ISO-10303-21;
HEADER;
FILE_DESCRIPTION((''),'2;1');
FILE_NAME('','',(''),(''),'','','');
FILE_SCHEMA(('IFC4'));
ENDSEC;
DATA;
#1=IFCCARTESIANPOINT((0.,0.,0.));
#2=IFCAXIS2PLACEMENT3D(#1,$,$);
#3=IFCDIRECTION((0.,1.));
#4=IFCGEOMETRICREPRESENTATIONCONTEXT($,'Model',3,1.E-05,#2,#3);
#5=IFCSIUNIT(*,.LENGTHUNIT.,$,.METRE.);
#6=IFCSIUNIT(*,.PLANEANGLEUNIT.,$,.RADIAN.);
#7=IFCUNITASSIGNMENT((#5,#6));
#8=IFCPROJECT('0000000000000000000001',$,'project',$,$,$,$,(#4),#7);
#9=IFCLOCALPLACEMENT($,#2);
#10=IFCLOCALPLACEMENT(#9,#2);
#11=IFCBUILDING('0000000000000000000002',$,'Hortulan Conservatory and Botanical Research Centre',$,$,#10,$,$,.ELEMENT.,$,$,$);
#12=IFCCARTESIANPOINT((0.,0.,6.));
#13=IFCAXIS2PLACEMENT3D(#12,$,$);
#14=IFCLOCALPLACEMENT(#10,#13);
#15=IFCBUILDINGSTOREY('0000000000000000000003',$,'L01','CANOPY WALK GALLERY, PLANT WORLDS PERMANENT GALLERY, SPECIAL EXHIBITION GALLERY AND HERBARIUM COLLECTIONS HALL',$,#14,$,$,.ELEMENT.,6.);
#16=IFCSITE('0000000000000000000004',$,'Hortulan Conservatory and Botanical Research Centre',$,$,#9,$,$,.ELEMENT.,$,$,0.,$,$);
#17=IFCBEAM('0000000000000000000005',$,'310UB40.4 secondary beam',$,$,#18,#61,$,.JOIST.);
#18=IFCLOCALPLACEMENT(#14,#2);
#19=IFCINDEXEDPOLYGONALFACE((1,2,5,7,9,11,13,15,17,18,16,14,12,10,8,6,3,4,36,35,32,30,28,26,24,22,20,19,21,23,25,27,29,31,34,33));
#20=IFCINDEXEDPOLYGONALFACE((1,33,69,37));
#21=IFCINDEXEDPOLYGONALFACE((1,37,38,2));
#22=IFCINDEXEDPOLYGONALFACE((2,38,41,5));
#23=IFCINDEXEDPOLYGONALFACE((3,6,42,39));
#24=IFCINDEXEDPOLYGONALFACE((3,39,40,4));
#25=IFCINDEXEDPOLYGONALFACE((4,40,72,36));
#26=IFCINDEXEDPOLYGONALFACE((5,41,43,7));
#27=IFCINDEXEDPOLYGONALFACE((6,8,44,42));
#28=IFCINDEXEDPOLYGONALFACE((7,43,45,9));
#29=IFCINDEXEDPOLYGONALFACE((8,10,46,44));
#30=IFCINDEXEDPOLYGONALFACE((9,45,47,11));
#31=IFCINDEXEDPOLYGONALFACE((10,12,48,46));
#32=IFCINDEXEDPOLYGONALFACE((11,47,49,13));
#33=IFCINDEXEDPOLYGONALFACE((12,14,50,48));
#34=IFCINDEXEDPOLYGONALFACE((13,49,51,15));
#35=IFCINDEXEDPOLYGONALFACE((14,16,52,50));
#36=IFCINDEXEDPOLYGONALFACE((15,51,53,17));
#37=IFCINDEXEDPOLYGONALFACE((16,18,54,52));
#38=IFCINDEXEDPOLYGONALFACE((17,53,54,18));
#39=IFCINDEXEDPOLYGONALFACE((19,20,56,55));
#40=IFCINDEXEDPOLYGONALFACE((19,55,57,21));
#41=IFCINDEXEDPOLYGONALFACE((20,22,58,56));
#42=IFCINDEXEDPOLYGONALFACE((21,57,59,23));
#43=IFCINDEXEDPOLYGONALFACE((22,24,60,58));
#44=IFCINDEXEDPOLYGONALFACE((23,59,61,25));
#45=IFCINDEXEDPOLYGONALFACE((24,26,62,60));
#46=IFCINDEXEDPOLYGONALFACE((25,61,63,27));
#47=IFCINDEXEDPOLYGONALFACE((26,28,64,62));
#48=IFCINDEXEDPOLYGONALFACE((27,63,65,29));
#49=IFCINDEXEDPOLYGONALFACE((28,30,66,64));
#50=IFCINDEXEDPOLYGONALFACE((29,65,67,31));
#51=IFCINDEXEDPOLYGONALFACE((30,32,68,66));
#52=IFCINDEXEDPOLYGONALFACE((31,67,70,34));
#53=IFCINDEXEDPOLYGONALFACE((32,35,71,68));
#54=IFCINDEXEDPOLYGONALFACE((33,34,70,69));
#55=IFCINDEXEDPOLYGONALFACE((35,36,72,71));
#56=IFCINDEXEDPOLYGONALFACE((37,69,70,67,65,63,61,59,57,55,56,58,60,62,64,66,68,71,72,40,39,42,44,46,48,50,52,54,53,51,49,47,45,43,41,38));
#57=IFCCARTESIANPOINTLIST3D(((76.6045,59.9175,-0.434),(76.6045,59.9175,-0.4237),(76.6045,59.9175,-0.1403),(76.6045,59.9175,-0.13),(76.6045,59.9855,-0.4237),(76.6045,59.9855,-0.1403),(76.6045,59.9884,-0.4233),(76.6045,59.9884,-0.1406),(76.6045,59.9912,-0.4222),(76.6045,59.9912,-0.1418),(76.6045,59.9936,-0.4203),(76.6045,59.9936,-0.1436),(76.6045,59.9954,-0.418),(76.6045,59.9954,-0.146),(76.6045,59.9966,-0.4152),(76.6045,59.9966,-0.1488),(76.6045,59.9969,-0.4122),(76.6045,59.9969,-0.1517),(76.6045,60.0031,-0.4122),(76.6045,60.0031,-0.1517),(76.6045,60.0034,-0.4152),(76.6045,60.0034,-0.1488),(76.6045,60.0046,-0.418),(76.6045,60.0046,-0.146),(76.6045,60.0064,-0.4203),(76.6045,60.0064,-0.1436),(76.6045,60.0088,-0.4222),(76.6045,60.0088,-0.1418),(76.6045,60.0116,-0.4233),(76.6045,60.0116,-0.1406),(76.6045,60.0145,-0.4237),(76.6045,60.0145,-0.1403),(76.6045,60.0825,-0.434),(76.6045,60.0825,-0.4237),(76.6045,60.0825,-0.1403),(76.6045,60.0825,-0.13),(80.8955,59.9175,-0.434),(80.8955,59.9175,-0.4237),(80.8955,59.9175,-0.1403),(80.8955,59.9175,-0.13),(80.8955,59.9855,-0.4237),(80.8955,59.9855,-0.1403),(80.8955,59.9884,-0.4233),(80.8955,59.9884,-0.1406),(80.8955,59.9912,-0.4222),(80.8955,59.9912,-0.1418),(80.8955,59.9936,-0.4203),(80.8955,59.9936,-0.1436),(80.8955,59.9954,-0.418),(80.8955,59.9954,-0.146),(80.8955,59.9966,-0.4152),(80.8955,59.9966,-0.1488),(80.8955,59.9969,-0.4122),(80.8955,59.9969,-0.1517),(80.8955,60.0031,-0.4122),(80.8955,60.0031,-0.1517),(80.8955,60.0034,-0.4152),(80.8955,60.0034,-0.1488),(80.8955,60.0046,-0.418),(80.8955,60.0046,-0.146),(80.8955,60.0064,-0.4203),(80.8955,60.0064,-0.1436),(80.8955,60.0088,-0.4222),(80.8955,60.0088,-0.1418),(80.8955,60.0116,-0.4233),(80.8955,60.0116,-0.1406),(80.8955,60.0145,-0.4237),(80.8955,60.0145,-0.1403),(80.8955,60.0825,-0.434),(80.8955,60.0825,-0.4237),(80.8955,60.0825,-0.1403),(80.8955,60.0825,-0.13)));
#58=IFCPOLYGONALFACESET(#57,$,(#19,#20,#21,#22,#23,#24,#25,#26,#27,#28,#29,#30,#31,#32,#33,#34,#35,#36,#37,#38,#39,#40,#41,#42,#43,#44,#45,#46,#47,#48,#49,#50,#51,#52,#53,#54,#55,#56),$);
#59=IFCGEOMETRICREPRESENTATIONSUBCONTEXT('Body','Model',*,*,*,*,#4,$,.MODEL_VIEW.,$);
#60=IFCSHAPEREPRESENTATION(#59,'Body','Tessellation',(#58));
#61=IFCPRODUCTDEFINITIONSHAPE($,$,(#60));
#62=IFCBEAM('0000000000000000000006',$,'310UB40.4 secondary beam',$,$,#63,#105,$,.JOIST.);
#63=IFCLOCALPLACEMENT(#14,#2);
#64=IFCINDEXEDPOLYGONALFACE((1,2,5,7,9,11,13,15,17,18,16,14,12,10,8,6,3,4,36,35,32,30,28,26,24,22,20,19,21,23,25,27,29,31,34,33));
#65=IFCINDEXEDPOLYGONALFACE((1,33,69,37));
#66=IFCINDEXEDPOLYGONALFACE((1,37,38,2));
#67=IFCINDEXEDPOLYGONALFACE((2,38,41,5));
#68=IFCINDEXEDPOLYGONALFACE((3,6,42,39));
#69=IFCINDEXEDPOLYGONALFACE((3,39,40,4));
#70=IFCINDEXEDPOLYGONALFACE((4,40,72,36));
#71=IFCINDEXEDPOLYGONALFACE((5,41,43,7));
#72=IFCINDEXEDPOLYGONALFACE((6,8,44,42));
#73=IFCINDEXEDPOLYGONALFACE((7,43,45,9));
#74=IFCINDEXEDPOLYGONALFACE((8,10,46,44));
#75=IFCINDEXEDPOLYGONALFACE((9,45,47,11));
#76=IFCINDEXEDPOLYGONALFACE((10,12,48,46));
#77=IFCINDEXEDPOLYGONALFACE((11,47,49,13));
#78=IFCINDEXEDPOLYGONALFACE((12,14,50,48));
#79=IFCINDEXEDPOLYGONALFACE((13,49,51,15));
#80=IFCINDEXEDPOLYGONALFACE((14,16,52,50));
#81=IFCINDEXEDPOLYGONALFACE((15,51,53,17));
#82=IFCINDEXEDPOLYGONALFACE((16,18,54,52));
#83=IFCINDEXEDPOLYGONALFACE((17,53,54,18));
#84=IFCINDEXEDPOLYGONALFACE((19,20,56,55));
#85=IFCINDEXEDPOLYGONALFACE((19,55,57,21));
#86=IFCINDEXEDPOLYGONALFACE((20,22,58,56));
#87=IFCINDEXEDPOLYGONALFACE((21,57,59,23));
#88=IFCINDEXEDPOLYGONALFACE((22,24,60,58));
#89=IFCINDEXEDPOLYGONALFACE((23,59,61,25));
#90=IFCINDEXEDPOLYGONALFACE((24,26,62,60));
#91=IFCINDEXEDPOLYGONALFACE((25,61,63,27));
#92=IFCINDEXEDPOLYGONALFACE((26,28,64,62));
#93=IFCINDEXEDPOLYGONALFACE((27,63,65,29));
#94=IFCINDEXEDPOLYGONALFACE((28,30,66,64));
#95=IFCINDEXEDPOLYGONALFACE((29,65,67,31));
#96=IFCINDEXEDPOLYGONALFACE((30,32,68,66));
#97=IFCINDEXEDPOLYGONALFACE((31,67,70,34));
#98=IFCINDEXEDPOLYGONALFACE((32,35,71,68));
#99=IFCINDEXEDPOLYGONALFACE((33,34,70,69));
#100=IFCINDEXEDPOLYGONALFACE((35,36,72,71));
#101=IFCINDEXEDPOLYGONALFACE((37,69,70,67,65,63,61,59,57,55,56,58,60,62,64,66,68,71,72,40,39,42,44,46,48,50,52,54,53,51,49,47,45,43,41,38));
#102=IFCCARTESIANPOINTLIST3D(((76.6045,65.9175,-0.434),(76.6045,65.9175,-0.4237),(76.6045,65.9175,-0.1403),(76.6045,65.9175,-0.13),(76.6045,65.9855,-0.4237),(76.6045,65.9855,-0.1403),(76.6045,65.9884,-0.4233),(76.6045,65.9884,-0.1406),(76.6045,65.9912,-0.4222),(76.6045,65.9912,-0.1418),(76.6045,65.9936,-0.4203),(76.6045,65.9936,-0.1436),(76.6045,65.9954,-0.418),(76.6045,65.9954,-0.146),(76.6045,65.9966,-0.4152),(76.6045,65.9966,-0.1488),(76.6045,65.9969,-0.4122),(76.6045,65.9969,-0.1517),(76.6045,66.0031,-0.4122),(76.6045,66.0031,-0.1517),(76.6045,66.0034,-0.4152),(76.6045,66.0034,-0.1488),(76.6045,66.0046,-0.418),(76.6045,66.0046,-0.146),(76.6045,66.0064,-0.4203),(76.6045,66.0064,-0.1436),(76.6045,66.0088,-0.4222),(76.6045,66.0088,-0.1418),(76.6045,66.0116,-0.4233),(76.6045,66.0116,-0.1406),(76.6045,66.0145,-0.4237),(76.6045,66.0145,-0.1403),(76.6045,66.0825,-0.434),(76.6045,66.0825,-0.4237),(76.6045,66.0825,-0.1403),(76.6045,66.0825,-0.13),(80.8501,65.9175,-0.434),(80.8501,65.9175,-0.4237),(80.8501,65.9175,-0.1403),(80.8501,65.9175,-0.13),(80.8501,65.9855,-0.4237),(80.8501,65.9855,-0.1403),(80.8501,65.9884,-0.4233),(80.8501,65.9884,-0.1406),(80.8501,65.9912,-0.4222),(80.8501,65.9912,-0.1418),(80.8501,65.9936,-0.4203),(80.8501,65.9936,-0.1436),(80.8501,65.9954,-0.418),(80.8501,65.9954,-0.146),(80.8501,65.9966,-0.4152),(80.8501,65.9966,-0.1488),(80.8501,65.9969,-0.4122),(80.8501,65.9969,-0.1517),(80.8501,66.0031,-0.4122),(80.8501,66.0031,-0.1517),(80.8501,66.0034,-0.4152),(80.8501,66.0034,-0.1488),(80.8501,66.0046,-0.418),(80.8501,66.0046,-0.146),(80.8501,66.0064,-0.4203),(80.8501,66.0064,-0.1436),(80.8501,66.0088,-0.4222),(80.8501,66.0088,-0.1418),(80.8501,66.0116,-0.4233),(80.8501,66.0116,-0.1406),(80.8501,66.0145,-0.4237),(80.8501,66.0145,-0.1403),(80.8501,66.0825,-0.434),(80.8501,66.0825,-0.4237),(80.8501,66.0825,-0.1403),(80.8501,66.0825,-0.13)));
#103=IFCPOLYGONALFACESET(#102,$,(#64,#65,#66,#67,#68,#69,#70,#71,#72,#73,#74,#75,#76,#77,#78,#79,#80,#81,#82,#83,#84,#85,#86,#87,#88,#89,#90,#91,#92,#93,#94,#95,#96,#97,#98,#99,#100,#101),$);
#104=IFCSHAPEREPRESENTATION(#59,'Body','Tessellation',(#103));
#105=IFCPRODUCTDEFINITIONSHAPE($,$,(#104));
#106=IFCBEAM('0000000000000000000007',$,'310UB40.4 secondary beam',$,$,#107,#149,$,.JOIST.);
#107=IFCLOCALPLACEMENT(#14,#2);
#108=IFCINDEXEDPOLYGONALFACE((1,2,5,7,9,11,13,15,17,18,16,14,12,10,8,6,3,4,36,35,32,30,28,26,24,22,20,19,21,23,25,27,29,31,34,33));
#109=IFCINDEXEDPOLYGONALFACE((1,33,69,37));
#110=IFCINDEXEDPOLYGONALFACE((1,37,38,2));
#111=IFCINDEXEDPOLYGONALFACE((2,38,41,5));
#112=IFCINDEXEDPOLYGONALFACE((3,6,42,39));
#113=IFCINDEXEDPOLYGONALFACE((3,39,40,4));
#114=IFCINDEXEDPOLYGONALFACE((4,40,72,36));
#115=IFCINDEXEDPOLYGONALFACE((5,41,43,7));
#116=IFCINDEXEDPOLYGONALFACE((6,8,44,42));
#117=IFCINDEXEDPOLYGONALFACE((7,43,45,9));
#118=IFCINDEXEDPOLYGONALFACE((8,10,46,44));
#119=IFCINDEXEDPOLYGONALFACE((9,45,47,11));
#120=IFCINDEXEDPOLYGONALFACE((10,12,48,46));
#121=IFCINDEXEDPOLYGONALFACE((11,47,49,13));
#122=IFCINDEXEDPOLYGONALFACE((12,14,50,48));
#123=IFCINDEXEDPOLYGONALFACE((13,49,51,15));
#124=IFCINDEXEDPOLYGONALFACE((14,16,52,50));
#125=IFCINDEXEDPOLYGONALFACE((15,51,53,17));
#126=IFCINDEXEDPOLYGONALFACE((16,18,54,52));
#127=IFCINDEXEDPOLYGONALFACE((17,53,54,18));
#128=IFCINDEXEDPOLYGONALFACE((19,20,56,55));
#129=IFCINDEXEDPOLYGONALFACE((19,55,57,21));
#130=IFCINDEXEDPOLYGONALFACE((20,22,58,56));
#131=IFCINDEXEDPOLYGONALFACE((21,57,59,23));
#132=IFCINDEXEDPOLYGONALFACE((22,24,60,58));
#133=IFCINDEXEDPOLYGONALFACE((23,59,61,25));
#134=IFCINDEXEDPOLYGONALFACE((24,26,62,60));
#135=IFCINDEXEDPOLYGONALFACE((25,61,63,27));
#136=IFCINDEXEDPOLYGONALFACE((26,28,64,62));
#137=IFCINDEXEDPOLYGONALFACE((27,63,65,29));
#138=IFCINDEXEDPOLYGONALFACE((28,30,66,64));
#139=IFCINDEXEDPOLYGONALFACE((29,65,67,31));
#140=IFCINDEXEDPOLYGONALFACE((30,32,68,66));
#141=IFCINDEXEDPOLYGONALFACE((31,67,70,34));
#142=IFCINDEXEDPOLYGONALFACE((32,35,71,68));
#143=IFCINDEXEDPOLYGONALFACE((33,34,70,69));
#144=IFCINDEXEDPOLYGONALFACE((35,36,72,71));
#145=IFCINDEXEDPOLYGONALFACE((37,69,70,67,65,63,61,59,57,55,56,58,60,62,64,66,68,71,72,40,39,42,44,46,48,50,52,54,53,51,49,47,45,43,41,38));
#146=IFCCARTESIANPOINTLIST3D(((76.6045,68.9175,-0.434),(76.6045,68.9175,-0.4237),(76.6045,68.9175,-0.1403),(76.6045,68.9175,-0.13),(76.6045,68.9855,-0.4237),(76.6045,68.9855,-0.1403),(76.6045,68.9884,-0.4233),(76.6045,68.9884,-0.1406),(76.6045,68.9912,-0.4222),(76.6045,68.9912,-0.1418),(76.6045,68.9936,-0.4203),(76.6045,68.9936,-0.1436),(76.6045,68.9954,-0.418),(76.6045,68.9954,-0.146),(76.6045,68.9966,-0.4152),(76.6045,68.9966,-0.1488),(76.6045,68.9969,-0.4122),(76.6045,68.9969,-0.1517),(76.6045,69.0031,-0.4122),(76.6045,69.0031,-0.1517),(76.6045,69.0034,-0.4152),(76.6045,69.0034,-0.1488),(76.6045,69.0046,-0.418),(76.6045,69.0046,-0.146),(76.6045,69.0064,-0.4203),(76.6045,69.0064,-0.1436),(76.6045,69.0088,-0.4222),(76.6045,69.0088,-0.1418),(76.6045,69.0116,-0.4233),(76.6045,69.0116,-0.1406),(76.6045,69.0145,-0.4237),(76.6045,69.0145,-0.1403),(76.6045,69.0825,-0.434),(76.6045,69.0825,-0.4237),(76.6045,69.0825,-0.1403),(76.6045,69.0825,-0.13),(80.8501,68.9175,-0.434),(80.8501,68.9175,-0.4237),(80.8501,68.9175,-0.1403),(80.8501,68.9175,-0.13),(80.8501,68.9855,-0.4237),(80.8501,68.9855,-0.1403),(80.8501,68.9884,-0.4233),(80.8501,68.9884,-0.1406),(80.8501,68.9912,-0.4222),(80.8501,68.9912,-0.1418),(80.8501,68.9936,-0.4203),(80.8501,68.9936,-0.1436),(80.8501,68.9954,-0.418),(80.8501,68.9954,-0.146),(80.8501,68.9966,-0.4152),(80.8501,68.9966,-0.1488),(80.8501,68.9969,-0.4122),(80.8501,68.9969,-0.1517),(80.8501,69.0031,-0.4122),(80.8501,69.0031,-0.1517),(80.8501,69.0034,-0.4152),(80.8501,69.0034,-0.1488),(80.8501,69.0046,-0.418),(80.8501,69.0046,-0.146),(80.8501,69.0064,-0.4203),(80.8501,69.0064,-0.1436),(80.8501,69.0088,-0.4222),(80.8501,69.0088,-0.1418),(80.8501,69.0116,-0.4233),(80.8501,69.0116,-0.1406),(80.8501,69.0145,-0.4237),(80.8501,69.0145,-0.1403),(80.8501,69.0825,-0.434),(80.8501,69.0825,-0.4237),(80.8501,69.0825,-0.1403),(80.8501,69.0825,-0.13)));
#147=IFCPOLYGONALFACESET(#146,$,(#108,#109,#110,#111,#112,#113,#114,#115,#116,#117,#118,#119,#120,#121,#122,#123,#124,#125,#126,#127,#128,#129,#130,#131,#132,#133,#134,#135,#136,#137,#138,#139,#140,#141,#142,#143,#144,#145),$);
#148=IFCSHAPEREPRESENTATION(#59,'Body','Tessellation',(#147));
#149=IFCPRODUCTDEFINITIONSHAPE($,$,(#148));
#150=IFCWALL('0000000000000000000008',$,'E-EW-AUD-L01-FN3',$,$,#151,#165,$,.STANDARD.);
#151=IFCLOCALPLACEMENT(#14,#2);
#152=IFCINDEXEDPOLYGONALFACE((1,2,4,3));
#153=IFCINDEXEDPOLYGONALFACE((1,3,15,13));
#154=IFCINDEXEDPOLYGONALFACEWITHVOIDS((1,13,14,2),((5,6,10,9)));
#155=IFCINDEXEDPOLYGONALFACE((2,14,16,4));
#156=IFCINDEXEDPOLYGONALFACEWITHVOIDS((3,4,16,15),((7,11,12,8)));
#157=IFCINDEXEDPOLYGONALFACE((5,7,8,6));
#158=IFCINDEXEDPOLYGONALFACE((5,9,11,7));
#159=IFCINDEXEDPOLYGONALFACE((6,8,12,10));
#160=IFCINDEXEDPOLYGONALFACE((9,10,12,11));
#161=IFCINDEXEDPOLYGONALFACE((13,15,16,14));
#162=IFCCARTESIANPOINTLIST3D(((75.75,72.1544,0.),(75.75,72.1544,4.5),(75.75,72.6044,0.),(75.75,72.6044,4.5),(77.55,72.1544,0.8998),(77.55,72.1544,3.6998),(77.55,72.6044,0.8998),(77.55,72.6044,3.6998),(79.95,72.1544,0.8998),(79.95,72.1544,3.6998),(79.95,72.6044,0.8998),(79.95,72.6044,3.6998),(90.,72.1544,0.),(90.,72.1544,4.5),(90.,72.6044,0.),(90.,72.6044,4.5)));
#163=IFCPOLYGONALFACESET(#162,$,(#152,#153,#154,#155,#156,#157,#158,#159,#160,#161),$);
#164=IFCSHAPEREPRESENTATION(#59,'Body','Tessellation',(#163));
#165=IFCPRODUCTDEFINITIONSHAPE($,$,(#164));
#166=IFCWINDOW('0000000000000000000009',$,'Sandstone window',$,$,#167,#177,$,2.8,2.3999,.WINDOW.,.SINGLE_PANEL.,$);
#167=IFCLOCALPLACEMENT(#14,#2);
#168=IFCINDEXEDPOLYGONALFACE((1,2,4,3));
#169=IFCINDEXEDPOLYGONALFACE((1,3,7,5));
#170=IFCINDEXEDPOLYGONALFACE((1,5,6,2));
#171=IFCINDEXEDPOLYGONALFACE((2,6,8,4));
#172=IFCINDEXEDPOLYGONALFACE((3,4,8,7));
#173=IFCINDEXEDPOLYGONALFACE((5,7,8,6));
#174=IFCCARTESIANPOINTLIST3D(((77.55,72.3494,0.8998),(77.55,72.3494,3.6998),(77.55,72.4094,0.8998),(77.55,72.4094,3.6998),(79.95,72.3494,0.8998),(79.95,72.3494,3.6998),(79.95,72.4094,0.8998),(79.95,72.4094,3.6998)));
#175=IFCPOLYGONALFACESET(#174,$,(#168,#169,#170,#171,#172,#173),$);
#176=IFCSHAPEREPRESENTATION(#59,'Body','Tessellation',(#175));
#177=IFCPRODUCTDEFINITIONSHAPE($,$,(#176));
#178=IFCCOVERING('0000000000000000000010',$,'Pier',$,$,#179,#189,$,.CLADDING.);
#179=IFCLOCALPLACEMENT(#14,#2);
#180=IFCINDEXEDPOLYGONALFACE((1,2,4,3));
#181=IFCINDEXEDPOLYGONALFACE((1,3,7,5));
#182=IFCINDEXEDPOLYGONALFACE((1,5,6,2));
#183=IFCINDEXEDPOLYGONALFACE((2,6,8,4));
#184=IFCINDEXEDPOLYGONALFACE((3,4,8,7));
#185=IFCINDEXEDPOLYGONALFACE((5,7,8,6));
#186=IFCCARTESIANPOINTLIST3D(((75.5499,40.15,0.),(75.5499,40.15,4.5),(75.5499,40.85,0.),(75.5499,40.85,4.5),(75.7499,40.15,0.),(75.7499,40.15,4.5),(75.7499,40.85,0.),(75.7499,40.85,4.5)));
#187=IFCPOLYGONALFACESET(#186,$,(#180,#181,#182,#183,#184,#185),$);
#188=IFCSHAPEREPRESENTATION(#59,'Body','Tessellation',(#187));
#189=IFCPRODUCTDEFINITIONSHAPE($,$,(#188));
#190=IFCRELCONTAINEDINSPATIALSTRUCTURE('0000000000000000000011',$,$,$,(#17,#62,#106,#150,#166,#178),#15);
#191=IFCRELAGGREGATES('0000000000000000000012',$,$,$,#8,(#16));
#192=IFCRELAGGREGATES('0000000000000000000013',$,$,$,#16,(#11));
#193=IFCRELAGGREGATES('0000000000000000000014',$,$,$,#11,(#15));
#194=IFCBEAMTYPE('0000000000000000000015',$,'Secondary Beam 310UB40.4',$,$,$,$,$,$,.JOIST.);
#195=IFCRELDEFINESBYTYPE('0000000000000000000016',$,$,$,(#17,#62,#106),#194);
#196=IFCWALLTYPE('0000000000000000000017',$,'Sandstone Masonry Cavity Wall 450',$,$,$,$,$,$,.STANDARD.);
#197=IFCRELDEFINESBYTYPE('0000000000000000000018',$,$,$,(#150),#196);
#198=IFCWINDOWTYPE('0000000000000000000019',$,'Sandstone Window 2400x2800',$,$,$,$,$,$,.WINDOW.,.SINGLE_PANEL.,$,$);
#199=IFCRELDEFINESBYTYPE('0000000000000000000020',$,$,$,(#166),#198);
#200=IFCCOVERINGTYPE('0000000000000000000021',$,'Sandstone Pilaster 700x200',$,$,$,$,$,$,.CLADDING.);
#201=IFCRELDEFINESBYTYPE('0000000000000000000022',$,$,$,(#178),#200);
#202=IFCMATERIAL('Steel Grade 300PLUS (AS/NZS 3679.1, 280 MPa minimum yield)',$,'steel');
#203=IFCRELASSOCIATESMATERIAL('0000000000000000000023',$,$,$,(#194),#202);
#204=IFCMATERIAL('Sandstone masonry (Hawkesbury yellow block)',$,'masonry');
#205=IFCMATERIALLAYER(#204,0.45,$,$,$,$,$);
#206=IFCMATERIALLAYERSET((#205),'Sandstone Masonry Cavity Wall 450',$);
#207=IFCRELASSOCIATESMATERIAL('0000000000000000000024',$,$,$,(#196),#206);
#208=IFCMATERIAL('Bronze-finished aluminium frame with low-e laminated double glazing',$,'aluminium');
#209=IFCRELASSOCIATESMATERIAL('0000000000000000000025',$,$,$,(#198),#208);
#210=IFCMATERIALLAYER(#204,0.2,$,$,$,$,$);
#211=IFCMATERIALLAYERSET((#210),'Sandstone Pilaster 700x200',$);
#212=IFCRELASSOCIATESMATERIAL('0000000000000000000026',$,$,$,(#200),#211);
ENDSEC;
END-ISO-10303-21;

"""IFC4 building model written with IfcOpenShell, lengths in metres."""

from ifc_helpers import new_model, si_unit, direction, frame, frame_2d, origin, origin_2d, place, context, subcontext, project, spatial, rectangle, i_section, extrude, material, layer, layer_set, material_profile, profile_set, type_object, element, fill, save


model = new_model("IFC4")

# Units and contexts
model_context = context("Model", 3, precision=1e-05, world=origin(), true_north=direction((0.0, 1.0)))
body_context = subcontext(model_context, "Body", "Model", "MODEL_VIEW")
ifc_project = project(units=[si_unit("LENGTHUNIT", "METRE"), si_unit("PLANEANGLEUNIT", "RADIAN")], contexts=[model_context])

# Site, building, storey
site_placement = place(None, origin())
site = spatial("IfcSite", under=ifc_project, at=site_placement, Name="Hortulan Conservatory and Botanical Research Centre", CompositionType="ELEMENT", RefElevation=0.0)
building_placement = place(site_placement, origin())
building = spatial("IfcBuilding", under=site, at=building_placement, Name="Hortulan Conservatory and Botanical Research Centre", CompositionType="ELEMENT")
storey_placement = place(building_placement, frame((0.0, 0.0, 6.0)))
storey = spatial("IfcBuildingStorey", under=building, at=storey_placement, Name="L01", Description="CANOPY WALK GALLERY, PLANT WORLDS PERMANENT GALLERY, SPECIAL EXHIBITION GALLERY AND HERBARIUM COLLECTIONS HALL", CompositionType="ELEMENT", Elevation=6.0)

# Shared definitions
ifc_material_1 = material(Name="Steel Grade 300PLUS (AS/NZS 3679.1, 280 MPa minimum yield)", Category="steel")

# Beams
ifc_material_profile_1 = material_profile(ifc_material_1, i_section(OverallWidth=0.165, OverallDepth=0.304, WebThickness=0.0061, FlangeThickness=0.0103, FilletRadius=0.0115, at=origin_2d()), Name="310UB40.4")
ifc_profile_set_1 = profile_set([ifc_material_profile_1], Name="Steel Grade 300PLUS (AS/NZS 3679.1, 280 MPa minimum yield)")
beam_type_1 = type_object("IfcBeamType", Name="Secondary Beam 310UB40.4", PredefinedType="JOIST", material=ifc_profile_set_1)
for number, where, z_axis, x_axis, name in (
    (1, (76.6045, 60.0, -0.282), (1.0, 0.0, 0.0), (0.0, 1.0, 0.0), "310UB40.4 secondary beam"),
):
    element("IfcBeam", number, at=place(storey_placement, frame(where, z_axis=z_axis, x_axis=x_axis)), inside=storey, type_object=beam_type_1, Name=name, PredefinedType="JOIST", context=body_context, shape_type="SweptSolid", body=[
        extrude(i_section(OverallWidth=0.165, OverallDepth=0.304, WebThickness=0.0061, FlangeThickness=0.0103, FilletRadius=0.0115, at=origin_2d()), origin(), (0.0, 0.0, 1.0), 4.291),
    ])
for number, where, z_axis, x_axis, name in (
    (2, (76.6045, 66.0, -0.282), (1.0, 0.0, 0.0), (0.0, 1.0, 0.0), "310UB40.4 secondary beam"),
    (3, (76.6045, 69.0, -0.282), (1.0, 0.0, 0.0), (0.0, 1.0, 0.0), "310UB40.4 secondary beam"),
):
    element("IfcBeam", number, at=place(storey_placement, frame(where, z_axis=z_axis, x_axis=x_axis)), inside=storey, type_object=beam_type_1, Name=name, PredefinedType="JOIST", context=body_context, shape_type="SweptSolid", body=[
        extrude(i_section(OverallWidth=0.165, OverallDepth=0.304, WebThickness=0.0061, FlangeThickness=0.0103, FilletRadius=0.0115, at=origin_2d()), origin(), (0.0, 0.0, 1.0), 4.2456),
    ])

# Wall, opening, window
ifc_material_2 = material(Name="Sandstone masonry (Hawkesbury yellow block)", Category="masonry")
ifc_layer_1 = layer(ifc_material_2, 0.45)
ifc_layer_set_1 = layer_set([ifc_layer_1], Name="Sandstone Masonry Cavity Wall 450")
wall_type = type_object("IfcWallType", Name="Sandstone Masonry Cavity Wall 450", PredefinedType="STANDARD", material=ifc_layer_set_1)
wall_placement = place(storey_placement, frame((75.75, 72.3794, 0.0), z_axis=(0.0, 0.0, 1.0), x_axis=(1.0, 0.0, 0.0)))
wall = element("IfcWall", 4, at=wall_placement, inside=storey, type_object=wall_type, Name="E-EW-AUD-L01-FN3", PredefinedType="STANDARD", context=body_context, shape_type="SweptSolid", body=[
    extrude(rectangle(XDim=14.25, YDim=0.45, at=frame_2d((7.125, 0.0))), origin(), (0.0, 0.0, 1.0), 4.5),
])
opening_placement = place(wall_placement, frame((1.8, 0.0, 0.8999)))
opening = element("IfcOpeningElement", 5, at=opening_placement, cuts=wall, PredefinedType="OPENING", context=body_context, shape_type="SweptSolid", body=[
    extrude(rectangle(XDim=2.3999, YDim=2.8, at=frame_2d((1.2, 1.3999))), frame((0.0, 0.2349, 0.0), z_axis=(0.0, -1.0, 0.0), x_axis=(1.0, 0.0, 0.0)), (0.0, 0.0, 1.0), 0.47),
])
ifc_material_3 = material(Name="Bronze-finished aluminium frame with low-e laminated double glazing", Category="aluminium")
window_type = type_object("IfcWindowType", Name="Sandstone Window 2400x2800", PartitioningType="SINGLE_PANEL", PredefinedType="WINDOW", material=ifc_material_3)
window_placement = place(opening_placement, origin())
window = element("IfcWindow", 6, at=window_placement, inside=storey, type_object=window_type, Name="Sandstone window", OverallHeight=2.8, OverallWidth=2.3999, PartitioningType="SINGLE_PANEL", PredefinedType="WINDOW", context=body_context, shape_type="SweptSolid", body=[
    extrude(rectangle(XDim=2.3999, YDim=2.8, at=frame_2d((1.2, 1.3999))), frame((0.0, 0.03, 0.0), z_axis=(0.0, -1.0, 0.0), x_axis=(1.0, 0.0, 0.0)), (0.0, 0.0, 1.0), 0.0601),
])
fill(opening, window)

# Covering
ifc_layer_2 = layer(ifc_material_2, 0.2)
ifc_layer_set_2 = layer_set([ifc_layer_2], Name="Sandstone Pilaster 700x200")
covering_type = type_object("IfcCoveringType", Name="Sandstone Pilaster 700x200", PredefinedType="CLADDING", material=ifc_layer_set_2)
for number, where, z_axis, x_axis, name in (
    (7, (75.6499, 40.5, 0.0), (0.0, 0.0, 1.0), (0.0, 1.0, 0.0), "Pier"),
):
    element("IfcCovering", number, at=place(storey_placement, frame(where, z_axis=z_axis, x_axis=x_axis)), inside=storey, type_object=covering_type, Name=name, PredefinedType="CLADDING", context=body_context, shape_type="SweptSolid", body=[
        extrude(rectangle(XDim=0.7, YDim=0.2, at=origin_2d()), origin(), (0.0, 0.0, 1.0), 4.5),
    ])

save(model, "model.ifc")
